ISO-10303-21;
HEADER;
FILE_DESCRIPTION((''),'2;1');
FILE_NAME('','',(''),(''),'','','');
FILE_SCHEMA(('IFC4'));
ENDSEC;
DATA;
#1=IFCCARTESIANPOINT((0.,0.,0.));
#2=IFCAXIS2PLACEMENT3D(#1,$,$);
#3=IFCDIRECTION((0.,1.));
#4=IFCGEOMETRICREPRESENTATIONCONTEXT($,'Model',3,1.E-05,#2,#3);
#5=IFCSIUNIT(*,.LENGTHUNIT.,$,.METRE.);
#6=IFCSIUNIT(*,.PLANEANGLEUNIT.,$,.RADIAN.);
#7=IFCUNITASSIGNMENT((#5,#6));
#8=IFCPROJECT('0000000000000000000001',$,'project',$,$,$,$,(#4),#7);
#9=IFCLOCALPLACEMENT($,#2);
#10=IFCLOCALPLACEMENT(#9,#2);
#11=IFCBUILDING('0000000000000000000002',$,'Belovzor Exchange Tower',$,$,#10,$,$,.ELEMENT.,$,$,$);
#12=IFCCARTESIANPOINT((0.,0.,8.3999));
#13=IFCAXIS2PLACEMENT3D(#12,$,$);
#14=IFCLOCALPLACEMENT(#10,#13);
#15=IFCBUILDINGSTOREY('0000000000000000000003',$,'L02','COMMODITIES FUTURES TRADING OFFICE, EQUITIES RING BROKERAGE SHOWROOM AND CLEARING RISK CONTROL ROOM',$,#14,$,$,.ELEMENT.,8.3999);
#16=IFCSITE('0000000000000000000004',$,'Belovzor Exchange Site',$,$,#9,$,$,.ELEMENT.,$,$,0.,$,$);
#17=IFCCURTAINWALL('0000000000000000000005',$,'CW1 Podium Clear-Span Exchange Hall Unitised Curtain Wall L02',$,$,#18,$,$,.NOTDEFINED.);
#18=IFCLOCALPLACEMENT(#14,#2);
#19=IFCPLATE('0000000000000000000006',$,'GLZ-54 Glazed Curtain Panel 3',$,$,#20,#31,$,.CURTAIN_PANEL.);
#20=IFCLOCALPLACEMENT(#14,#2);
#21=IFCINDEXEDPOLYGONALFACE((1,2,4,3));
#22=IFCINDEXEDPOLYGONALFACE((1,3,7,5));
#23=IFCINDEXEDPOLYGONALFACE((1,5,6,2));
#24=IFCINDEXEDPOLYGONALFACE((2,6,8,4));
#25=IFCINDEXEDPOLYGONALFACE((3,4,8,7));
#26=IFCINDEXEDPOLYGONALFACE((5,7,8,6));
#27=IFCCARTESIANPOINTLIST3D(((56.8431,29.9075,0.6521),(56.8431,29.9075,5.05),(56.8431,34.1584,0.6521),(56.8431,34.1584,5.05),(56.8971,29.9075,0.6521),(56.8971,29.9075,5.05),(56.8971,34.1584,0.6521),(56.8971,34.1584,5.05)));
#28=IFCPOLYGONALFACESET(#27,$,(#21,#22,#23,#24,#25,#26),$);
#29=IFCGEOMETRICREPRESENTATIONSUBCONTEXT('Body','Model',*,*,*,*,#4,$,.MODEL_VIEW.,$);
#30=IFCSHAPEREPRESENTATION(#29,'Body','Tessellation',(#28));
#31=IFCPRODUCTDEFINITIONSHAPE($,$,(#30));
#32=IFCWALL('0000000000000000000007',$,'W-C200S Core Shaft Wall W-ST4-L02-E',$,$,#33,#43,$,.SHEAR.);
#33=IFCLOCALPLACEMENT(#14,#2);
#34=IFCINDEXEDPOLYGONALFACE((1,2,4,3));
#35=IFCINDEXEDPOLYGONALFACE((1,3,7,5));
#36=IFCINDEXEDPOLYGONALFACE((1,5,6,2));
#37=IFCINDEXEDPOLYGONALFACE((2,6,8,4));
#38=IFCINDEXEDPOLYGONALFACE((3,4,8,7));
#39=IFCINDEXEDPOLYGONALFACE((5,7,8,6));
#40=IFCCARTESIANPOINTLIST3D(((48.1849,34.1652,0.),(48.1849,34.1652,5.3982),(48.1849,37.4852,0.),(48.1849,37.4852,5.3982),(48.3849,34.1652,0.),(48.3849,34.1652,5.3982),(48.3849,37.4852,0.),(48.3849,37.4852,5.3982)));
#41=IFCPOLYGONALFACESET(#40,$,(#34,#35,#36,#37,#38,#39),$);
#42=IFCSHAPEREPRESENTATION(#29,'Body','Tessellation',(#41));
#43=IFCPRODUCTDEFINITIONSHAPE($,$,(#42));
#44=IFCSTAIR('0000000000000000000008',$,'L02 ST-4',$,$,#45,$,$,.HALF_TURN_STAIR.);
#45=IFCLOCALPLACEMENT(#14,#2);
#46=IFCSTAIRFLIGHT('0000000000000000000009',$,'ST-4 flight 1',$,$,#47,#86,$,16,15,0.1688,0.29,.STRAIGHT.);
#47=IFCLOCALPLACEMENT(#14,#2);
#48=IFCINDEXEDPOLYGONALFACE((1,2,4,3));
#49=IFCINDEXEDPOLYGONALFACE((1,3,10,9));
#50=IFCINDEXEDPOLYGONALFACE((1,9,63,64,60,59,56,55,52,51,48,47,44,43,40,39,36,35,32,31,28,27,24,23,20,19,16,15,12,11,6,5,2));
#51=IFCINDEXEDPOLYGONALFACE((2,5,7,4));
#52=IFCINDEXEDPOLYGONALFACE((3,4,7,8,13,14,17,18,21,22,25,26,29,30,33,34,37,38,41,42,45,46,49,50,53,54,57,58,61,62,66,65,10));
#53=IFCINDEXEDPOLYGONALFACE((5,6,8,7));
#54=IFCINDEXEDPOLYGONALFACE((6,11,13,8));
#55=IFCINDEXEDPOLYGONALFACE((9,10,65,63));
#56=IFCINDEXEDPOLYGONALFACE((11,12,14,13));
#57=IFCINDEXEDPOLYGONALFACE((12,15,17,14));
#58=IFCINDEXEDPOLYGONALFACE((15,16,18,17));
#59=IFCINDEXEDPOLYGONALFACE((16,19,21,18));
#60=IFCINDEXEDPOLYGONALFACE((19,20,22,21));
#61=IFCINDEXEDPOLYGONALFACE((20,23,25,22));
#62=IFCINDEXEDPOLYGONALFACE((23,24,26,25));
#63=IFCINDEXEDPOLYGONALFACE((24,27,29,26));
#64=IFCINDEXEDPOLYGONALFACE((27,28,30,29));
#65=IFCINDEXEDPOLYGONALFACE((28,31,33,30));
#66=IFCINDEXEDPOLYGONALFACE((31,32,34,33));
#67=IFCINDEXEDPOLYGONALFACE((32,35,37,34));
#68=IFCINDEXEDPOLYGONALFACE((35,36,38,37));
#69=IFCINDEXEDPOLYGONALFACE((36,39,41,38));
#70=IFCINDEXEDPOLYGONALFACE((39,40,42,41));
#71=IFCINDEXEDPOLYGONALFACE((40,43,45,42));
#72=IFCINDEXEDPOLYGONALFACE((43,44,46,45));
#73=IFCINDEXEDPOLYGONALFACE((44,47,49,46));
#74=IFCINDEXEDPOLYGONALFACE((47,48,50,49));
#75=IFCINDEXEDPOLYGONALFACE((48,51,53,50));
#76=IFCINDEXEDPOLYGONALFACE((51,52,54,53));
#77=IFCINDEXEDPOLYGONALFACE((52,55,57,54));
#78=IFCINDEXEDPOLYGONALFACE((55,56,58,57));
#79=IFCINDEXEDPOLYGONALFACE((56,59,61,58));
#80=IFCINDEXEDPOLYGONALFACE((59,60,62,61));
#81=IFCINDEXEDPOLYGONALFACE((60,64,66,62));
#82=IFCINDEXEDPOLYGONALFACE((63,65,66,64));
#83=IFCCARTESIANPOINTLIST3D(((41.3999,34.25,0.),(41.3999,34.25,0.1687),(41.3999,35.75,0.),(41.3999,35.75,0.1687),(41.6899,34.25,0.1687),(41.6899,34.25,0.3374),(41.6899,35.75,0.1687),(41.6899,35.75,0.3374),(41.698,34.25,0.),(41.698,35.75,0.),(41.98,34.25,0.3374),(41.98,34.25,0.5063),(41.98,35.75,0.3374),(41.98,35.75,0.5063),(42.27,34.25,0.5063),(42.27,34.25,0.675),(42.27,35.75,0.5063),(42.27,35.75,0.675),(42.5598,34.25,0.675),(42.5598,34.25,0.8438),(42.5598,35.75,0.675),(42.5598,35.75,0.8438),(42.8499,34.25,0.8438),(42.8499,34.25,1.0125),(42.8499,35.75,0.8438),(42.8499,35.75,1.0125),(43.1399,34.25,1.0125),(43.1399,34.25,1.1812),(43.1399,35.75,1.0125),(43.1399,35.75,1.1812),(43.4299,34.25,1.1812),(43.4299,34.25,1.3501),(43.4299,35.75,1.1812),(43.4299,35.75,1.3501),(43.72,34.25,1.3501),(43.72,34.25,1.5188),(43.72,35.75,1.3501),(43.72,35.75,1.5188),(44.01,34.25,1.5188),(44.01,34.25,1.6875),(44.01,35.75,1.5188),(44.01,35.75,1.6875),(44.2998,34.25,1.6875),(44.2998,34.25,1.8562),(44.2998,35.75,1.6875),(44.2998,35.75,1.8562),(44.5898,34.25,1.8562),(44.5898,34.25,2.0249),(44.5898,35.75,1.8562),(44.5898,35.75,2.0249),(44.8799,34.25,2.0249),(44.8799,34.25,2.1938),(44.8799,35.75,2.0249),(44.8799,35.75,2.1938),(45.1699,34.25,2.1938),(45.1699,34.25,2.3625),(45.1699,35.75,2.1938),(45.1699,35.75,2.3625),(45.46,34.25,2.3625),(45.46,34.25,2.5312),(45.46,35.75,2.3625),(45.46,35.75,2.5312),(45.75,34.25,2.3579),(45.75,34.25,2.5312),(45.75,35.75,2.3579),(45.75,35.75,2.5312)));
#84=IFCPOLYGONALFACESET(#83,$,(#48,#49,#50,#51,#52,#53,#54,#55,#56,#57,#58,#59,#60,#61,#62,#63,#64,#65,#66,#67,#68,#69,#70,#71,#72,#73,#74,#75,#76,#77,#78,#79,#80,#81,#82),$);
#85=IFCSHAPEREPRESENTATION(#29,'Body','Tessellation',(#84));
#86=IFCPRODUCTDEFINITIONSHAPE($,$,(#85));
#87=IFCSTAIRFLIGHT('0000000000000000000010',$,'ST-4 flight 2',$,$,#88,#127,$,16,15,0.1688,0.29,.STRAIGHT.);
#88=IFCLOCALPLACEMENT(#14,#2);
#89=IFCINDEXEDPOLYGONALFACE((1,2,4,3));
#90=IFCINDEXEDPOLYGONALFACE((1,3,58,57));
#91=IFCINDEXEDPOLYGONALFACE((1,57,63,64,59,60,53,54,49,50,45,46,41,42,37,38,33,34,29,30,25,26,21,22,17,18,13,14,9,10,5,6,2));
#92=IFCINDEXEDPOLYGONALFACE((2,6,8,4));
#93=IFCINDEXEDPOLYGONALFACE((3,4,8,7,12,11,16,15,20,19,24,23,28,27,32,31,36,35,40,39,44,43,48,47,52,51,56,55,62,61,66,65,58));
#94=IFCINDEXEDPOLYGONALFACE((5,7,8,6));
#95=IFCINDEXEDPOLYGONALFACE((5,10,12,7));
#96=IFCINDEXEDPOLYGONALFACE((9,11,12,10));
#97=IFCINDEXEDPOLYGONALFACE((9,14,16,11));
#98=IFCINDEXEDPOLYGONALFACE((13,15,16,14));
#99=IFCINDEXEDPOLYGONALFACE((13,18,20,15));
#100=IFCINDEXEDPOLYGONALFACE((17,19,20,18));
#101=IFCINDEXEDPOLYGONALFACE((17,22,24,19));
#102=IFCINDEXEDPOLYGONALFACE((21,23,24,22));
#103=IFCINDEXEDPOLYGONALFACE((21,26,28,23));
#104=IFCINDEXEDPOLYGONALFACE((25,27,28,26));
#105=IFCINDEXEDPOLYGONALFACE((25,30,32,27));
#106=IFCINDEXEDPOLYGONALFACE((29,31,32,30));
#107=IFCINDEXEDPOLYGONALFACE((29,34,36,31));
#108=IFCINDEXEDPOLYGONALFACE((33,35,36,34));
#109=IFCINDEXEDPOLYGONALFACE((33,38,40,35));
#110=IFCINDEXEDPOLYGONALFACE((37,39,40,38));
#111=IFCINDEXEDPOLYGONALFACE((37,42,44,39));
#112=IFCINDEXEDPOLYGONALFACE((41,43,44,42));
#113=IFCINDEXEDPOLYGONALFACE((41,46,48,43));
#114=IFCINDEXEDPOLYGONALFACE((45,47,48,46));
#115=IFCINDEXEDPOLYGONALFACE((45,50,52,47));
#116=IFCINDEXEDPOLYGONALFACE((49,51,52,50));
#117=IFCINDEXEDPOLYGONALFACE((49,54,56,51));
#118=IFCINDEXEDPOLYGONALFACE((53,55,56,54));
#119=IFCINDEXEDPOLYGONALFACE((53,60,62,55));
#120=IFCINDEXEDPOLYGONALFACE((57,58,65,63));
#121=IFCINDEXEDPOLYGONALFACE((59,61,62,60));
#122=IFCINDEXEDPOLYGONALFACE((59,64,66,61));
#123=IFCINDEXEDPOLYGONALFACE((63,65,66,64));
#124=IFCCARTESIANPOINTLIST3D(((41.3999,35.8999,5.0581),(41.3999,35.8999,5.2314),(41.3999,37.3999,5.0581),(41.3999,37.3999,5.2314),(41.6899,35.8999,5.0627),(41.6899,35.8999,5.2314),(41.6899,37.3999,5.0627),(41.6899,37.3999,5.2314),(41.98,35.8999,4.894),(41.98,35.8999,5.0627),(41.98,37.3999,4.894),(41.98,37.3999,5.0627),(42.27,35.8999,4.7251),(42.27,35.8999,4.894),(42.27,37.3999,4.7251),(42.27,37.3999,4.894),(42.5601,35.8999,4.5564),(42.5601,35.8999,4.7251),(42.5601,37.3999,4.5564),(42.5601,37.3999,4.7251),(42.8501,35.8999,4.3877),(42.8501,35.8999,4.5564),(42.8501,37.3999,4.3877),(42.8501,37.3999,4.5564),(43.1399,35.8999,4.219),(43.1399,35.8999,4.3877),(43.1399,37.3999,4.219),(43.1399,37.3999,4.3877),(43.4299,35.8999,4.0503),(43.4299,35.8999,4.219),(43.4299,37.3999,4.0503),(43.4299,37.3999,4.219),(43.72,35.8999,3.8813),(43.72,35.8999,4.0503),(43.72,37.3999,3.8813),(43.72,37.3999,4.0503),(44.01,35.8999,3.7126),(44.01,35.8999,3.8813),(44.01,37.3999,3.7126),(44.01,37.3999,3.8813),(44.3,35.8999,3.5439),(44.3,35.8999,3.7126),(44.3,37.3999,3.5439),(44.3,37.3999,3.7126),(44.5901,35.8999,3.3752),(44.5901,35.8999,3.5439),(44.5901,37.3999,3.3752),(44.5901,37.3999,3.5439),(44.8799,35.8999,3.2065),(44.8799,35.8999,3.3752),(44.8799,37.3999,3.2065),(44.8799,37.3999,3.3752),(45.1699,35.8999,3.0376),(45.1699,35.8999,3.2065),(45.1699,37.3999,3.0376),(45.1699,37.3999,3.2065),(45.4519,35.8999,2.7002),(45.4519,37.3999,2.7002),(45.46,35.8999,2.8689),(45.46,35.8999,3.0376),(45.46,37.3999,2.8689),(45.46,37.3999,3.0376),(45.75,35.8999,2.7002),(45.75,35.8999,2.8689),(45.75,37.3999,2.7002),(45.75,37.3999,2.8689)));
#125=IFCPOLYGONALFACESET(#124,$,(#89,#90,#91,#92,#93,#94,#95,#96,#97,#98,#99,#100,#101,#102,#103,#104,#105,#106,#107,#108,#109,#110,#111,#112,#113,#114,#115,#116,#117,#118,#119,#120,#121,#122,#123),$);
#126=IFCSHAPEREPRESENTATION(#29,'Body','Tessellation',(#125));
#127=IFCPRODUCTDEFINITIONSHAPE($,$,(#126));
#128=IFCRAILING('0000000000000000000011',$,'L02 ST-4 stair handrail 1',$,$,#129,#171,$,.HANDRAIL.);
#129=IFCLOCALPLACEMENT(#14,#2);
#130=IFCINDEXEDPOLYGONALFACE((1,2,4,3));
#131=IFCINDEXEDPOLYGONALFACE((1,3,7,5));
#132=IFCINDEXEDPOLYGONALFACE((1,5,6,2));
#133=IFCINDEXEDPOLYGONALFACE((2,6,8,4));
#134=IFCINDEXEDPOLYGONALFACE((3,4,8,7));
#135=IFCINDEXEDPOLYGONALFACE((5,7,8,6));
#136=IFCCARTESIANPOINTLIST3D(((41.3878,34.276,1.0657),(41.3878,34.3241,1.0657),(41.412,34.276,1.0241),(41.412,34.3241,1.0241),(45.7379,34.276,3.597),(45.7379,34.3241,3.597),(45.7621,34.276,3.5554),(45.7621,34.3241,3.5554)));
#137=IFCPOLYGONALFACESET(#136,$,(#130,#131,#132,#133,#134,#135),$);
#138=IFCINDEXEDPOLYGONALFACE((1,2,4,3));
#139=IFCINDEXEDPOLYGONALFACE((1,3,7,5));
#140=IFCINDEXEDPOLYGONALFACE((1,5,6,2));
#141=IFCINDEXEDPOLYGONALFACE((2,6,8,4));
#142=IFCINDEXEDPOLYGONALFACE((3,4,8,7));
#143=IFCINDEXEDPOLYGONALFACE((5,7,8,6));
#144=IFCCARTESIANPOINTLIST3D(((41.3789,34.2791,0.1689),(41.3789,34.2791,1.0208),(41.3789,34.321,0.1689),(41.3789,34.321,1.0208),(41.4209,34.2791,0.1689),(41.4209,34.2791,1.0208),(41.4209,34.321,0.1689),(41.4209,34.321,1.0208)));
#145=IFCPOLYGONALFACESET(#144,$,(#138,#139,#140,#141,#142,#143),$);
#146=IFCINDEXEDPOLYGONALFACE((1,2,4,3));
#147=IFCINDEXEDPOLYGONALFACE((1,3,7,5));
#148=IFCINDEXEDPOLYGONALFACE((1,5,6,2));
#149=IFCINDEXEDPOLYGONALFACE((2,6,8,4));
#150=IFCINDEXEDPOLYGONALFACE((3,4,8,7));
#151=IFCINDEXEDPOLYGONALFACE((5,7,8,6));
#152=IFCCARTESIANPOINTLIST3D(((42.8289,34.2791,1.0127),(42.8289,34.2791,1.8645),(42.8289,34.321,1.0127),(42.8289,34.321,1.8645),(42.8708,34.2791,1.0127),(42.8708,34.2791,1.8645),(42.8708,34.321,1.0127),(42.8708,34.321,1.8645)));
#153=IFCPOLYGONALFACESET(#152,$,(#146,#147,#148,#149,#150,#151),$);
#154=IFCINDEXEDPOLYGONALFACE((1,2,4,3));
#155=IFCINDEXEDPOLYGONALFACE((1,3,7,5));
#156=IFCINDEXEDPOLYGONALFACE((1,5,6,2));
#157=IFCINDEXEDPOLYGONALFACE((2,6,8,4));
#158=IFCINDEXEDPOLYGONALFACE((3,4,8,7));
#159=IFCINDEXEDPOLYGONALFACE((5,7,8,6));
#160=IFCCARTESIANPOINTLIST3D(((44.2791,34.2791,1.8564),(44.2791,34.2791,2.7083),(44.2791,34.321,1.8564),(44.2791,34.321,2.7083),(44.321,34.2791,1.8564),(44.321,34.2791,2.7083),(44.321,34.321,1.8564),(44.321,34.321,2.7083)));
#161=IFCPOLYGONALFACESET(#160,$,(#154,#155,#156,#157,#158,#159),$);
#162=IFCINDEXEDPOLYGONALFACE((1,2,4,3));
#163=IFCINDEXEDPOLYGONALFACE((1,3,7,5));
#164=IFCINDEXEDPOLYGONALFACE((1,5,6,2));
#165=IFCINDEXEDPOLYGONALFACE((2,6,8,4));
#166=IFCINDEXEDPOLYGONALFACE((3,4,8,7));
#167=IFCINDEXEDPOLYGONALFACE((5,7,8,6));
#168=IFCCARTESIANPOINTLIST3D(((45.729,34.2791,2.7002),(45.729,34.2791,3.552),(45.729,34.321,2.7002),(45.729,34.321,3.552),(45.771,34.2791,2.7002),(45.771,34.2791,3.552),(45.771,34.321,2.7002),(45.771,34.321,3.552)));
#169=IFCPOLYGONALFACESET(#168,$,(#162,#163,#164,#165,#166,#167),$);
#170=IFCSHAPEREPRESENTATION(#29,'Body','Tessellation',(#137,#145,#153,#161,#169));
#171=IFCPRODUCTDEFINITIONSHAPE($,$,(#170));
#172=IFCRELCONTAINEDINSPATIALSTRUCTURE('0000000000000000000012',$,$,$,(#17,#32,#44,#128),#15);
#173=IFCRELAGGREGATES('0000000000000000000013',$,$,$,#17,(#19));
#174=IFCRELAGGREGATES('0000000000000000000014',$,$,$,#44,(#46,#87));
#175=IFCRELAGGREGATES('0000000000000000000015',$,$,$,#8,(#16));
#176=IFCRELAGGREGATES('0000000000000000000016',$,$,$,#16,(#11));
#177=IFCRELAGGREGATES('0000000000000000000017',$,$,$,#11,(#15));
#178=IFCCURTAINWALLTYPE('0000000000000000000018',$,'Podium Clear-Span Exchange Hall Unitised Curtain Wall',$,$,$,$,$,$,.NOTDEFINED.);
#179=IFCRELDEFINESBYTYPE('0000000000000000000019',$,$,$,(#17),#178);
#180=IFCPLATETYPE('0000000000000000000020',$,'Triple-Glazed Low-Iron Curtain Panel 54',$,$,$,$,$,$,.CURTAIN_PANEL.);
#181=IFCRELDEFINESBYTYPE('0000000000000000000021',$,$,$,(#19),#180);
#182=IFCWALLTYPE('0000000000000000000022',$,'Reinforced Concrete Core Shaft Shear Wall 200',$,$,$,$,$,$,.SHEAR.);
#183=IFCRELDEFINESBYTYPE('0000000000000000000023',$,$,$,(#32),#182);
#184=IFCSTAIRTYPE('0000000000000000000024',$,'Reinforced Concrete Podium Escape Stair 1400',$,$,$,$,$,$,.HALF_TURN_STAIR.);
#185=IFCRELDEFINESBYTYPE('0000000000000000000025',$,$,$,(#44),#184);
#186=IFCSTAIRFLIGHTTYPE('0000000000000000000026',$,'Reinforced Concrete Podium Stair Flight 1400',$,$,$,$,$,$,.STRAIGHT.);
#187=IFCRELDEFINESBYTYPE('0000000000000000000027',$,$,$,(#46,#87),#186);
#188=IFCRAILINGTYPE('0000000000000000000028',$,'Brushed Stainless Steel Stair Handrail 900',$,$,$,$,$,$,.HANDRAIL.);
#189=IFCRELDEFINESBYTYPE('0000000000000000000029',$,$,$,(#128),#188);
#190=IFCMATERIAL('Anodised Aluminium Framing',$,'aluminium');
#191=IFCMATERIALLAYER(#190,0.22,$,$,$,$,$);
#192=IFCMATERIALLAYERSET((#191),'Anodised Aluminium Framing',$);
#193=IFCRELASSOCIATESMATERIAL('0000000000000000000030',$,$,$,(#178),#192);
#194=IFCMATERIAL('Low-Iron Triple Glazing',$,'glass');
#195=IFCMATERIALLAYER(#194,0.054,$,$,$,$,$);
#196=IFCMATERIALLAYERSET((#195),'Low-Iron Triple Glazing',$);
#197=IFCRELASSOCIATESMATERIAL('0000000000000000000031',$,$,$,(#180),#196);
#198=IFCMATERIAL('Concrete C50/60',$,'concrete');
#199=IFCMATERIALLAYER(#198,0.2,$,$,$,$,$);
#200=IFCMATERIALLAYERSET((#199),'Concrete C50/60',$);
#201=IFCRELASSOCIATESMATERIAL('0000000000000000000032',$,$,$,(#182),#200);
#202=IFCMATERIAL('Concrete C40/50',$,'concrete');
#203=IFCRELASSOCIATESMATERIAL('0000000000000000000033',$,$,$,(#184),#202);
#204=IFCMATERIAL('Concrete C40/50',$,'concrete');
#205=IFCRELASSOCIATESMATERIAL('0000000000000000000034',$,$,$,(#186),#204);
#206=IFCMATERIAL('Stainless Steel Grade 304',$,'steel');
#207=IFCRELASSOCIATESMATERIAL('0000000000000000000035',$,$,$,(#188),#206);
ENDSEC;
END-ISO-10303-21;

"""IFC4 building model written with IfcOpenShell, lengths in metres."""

from ifc_helpers import new_model, si_unit, direction, frame, frame_2d, origin, origin_2d, place, context, subcontext, project, spatial, polyline, rectangle, outline, extrude, material, layer, layer_set, type_object, element, aggregate, save


model = new_model("IFC4")

# Units and contexts
model_context = context("Model", 3, precision=1e-05, world=origin(), true_north=direction((0.0, 1.0)))
body_context = subcontext(model_context, "Body", "Model", "MODEL_VIEW")
ifc_project = project(units=[si_unit("LENGTHUNIT", "METRE"), si_unit("PLANEANGLEUNIT", "RADIAN")], contexts=[model_context])

# Site, building, storey
site_placement = place(None, origin())
site = spatial("IfcSite", under=ifc_project, at=site_placement, Name="Belovzor Exchange Site", CompositionType="ELEMENT", RefElevation=0.0)
building_placement = place(site_placement, origin())
building = spatial("IfcBuilding", under=site, at=building_placement, Name="Belovzor Exchange Tower", CompositionType="ELEMENT")
storey_placement = place(building_placement, frame((0.0, 0.0, 8.3999)))
storey = spatial("IfcBuildingStorey", under=building, at=storey_placement, Name="L02", Description="COMMODITIES FUTURES TRADING OFFICE, EQUITIES RING BROKERAGE SHOWROOM AND CLEARING RISK CONTROL ROOM", CompositionType="ELEMENT", Elevation=8.3999)

# Curtain wall
ifc_material_1 = material(Name="Anodised Aluminium Framing", Category="aluminium")
ifc_layer_1 = layer(ifc_material_1, 0.22)
ifc_layer_set_1 = layer_set([ifc_layer_1], Name="Anodised Aluminium Framing")
curtain_wall_type = type_object("IfcCurtainWallType", Name="Podium Clear-Span Exchange Hall Unitised Curtain Wall", PredefinedType="NOTDEFINED", material=ifc_layer_set_1)
curtain_wall_placement = place(storey_placement, origin())
curtain_wall = element("IfcCurtainWall", 1, at=curtain_wall_placement, inside=storey, type_object=curtain_wall_type, Name="CW1 Podium Clear-Span Exchange Hall Unitised Curtain Wall L02", PredefinedType="NOTDEFINED")

# Plate
ifc_material_2 = material(Name="Low-Iron Triple Glazing", Category="glass")
ifc_layer_2 = layer(ifc_material_2, 0.054)
ifc_layer_set_2 = layer_set([ifc_layer_2], Name="Low-Iron Triple Glazing")
plate_type_1 = type_object("IfcPlateType", Name="Triple-Glazed Low-Iron Curtain Panel 54", PredefinedType="CURTAIN_PANEL", material=ifc_layer_set_2)
plate_1_placement = place(storey_placement, frame((56.8701, 32.033, 0.6521), z_axis=(0.0, 0.0, 1.0), x_axis=(0.0, -1.0, 0.0)))
plate_1 = element("IfcPlate", 2, at=plate_1_placement, type_object=plate_type_1, Name="GLZ-54 Glazed Curtain Panel 3", PredefinedType="CURTAIN_PANEL", context=body_context, shape_type="SweptSolid", body=[
    extrude(rectangle(XDim=4.251, YDim=0.054, at=origin_2d()), origin(), (0.0, 0.0, 1.0), 4.3979),
])
aggregate(curtain_wall, [plate_1])

# Wall
ifc_material_3 = material(Name="Concrete C50/60", Category="concrete")
ifc_layer_3 = layer(ifc_material_3, 0.2)
ifc_layer_set_3 = layer_set([ifc_layer_3], Name="Concrete C50/60")
wall_type = type_object("IfcWallType", Name="Reinforced Concrete Core Shaft Shear Wall 200", PredefinedType="SHEAR", material=ifc_layer_set_3)
wall_placement = place(storey_placement, frame((48.2849, 34.165, 0.0), z_axis=(0.0, 0.0, 1.0), x_axis=(0.0, 1.0, 0.0)))
element("IfcWall", 3, at=wall_placement, inside=storey, type_object=wall_type, Name="W-C200S Core Shaft Wall W-ST4-L02-E", PredefinedType="SHEAR", context=body_context, shape_type="SweptSolid", body=[
    extrude(rectangle(XDim=3.3201, YDim=0.2, at=frame_2d((1.6602, 0.0))), origin(), (0.0, 0.0, 1.0), 5.3982),
])

# Stair, stair flights
ifc_material_4 = material(Name="Concrete C40/50", Category="concrete")
stair_type = type_object("IfcStairType", Name="Reinforced Concrete Podium Escape Stair 1400", PredefinedType="HALF_TURN_STAIR", material=ifc_material_4)
stair_placement = place(storey_placement, origin())
stair = element("IfcStair", 4, at=stair_placement, inside=storey, type_object=stair_type, Name="L02 ST-4", PredefinedType="HALF_TURN_STAIR")
ifc_material_5 = material(Name="Concrete C40/50", Category="concrete")
stair_flight_type = type_object("IfcStairFlightType", Name="Reinforced Concrete Podium Stair Flight 1400", PredefinedType="STRAIGHT", material=ifc_material_5)
stair_flight_1_placement = place(storey_placement, frame((41.3999, 35.0, 0.0), z_axis=(0.0, 0.0, 1.0), x_axis=(1.0, 0.0, 0.0)))
stair_flight_1 = element("IfcStairFlight", 5, at=stair_flight_1_placement, type_object=stair_flight_type, Name="ST-4 flight 1", NumberOfRisers=16, NumberOfTreads=15, PredefinedType="STRAIGHT", RiserHeight=0.1688, TreadLength=0.29, context=body_context, shape_type="SweptSolid", body=[
    extrude(outline(polyline([(0.0, 0.0), (0.0, 0.1687), (0.29, 0.1687), (0.29, 0.3374), (0.5801, 0.3374), (0.5801, 0.5063), (0.8701, 0.5063), (0.8701, 0.675), (1.1599, 0.675), (1.1599, 0.8438), (1.45, 0.8438), (1.45, 1.0125), (1.74, 1.0125), (1.74, 1.1812), (2.03, 1.1812), (2.03, 1.3501), (2.3201, 1.3501), (2.3201, 1.5188), (2.6101, 1.5188), (2.6101, 1.6875), (2.8999, 1.6875), (2.8999, 1.8562), (3.1899, 1.8562), (3.1899, 2.0249), (3.48, 2.0249), (3.48, 2.1938), (3.77, 2.1938), (3.77, 2.3625), (4.0601, 2.3625), (4.0601, 2.5312), (4.3501, 2.5312), (4.3501, 2.7), (4.3501, 2.3579), (0.2981, 0.0), (0.0, 0.0)])), frame((0.0, 0.75, 0.0), z_axis=(0.0, -1.0, 0.0), x_axis=(1.0, 0.0, 0.0)), (0.0, 0.0, 1.0), 1.5),
])
stair_flight_2_placement = place(storey_placement, frame((45.75, 36.6499, 2.7002), z_axis=(0.0, 0.0, 1.0), x_axis=(-1.0, 0.0, 0.0)))
stair_flight_2 = element("IfcStairFlight", 6, at=stair_flight_2_placement, type_object=stair_flight_type, Name="ST-4 flight 2", NumberOfRisers=16, NumberOfTreads=15, PredefinedType="STRAIGHT", RiserHeight=0.1688, TreadLength=0.29, context=body_context, shape_type="SweptSolid", body=[
    extrude(outline(polyline([(0.0, 0.0), (0.0, 0.1687), (0.29, 0.1687), (0.29, 0.3374), (0.5801, 0.3374), (0.5801, 0.5063), (0.8701, 0.5063), (0.8701, 0.675), (1.1599, 0.675), (1.1599, 0.8438), (1.45, 0.8438), (1.45, 1.0125), (1.74, 1.0125), (1.74, 1.1812), (2.03, 1.1812), (2.03, 1.3501), (2.3201, 1.3501), (2.3201, 1.5188), (2.6101, 1.5188), (2.6101, 1.6875), (2.8999, 1.6875), (2.8999, 1.8562), (3.1899, 1.8562), (3.1899, 2.0249), (3.48, 2.0249), (3.48, 2.1938), (3.77, 2.1938), (3.77, 2.3625), (4.0601, 2.3625), (4.0601, 2.5312), (4.3501, 2.5312), (4.3501, 2.7), (4.3501, 2.3579), (0.2981, 0.0), (0.0, 0.0)])), frame((0.0, 0.75, 0.0), z_axis=(0.0, -1.0, 0.0), x_axis=(1.0, 0.0, 0.0)), (0.0, 0.0, 1.0), 1.5),
])
aggregate(stair, [stair_flight_1, stair_flight_2])

# Railing
ifc_material_6 = material(Name="Stainless Steel Grade 304", Category="steel")
railing_type_1 = type_object("IfcRailingType", Name="Brushed Stainless Steel Stair Handrail 900", PredefinedType="HANDRAIL", material=ifc_material_6)
railing_1_placement = place(storey_placement, frame((41.3999, 34.3, 0.1689)))
element("IfcRailing", 7, at=railing_1_placement, inside=storey, type_object=railing_type_1, Name="L02 ST-4 stair handrail 1", PredefinedType="HANDRAIL", context=body_context, shape_type="SweptSolid", body=[
    extrude(rectangle(XDim=0.0481, YDim=0.0481, at=origin_2d()), frame((0.0, 0.0, 0.876), z_axis=(0.864324, 0.0, 0.502936), x_axis=(0.0, 1.0, 0.0)), (0.0, 0.0, 1.0), 5.033),
    extrude(rectangle(XDim=0.042, YDim=0.042, at=origin_2d()), origin(), (0.0, 0.0, 1.0), 0.8518),
    extrude(rectangle(XDim=0.042, YDim=0.042, at=origin_2d()), frame((1.45, 0.0, 0.8438)), (0.0, 0.0, 1.0), 0.8518),
    extrude(rectangle(XDim=0.042, YDim=0.042, at=origin_2d()), frame((2.9001, 0.0, 1.6875)), (0.0, 0.0, 1.0), 0.8518),
    extrude(rectangle(XDim=0.042, YDim=0.042, at=origin_2d()), frame((4.3501, 0.0, 2.5312)), (0.0, 0.0, 1.0), 0.8518),
])

save(model, "model.ifc")
